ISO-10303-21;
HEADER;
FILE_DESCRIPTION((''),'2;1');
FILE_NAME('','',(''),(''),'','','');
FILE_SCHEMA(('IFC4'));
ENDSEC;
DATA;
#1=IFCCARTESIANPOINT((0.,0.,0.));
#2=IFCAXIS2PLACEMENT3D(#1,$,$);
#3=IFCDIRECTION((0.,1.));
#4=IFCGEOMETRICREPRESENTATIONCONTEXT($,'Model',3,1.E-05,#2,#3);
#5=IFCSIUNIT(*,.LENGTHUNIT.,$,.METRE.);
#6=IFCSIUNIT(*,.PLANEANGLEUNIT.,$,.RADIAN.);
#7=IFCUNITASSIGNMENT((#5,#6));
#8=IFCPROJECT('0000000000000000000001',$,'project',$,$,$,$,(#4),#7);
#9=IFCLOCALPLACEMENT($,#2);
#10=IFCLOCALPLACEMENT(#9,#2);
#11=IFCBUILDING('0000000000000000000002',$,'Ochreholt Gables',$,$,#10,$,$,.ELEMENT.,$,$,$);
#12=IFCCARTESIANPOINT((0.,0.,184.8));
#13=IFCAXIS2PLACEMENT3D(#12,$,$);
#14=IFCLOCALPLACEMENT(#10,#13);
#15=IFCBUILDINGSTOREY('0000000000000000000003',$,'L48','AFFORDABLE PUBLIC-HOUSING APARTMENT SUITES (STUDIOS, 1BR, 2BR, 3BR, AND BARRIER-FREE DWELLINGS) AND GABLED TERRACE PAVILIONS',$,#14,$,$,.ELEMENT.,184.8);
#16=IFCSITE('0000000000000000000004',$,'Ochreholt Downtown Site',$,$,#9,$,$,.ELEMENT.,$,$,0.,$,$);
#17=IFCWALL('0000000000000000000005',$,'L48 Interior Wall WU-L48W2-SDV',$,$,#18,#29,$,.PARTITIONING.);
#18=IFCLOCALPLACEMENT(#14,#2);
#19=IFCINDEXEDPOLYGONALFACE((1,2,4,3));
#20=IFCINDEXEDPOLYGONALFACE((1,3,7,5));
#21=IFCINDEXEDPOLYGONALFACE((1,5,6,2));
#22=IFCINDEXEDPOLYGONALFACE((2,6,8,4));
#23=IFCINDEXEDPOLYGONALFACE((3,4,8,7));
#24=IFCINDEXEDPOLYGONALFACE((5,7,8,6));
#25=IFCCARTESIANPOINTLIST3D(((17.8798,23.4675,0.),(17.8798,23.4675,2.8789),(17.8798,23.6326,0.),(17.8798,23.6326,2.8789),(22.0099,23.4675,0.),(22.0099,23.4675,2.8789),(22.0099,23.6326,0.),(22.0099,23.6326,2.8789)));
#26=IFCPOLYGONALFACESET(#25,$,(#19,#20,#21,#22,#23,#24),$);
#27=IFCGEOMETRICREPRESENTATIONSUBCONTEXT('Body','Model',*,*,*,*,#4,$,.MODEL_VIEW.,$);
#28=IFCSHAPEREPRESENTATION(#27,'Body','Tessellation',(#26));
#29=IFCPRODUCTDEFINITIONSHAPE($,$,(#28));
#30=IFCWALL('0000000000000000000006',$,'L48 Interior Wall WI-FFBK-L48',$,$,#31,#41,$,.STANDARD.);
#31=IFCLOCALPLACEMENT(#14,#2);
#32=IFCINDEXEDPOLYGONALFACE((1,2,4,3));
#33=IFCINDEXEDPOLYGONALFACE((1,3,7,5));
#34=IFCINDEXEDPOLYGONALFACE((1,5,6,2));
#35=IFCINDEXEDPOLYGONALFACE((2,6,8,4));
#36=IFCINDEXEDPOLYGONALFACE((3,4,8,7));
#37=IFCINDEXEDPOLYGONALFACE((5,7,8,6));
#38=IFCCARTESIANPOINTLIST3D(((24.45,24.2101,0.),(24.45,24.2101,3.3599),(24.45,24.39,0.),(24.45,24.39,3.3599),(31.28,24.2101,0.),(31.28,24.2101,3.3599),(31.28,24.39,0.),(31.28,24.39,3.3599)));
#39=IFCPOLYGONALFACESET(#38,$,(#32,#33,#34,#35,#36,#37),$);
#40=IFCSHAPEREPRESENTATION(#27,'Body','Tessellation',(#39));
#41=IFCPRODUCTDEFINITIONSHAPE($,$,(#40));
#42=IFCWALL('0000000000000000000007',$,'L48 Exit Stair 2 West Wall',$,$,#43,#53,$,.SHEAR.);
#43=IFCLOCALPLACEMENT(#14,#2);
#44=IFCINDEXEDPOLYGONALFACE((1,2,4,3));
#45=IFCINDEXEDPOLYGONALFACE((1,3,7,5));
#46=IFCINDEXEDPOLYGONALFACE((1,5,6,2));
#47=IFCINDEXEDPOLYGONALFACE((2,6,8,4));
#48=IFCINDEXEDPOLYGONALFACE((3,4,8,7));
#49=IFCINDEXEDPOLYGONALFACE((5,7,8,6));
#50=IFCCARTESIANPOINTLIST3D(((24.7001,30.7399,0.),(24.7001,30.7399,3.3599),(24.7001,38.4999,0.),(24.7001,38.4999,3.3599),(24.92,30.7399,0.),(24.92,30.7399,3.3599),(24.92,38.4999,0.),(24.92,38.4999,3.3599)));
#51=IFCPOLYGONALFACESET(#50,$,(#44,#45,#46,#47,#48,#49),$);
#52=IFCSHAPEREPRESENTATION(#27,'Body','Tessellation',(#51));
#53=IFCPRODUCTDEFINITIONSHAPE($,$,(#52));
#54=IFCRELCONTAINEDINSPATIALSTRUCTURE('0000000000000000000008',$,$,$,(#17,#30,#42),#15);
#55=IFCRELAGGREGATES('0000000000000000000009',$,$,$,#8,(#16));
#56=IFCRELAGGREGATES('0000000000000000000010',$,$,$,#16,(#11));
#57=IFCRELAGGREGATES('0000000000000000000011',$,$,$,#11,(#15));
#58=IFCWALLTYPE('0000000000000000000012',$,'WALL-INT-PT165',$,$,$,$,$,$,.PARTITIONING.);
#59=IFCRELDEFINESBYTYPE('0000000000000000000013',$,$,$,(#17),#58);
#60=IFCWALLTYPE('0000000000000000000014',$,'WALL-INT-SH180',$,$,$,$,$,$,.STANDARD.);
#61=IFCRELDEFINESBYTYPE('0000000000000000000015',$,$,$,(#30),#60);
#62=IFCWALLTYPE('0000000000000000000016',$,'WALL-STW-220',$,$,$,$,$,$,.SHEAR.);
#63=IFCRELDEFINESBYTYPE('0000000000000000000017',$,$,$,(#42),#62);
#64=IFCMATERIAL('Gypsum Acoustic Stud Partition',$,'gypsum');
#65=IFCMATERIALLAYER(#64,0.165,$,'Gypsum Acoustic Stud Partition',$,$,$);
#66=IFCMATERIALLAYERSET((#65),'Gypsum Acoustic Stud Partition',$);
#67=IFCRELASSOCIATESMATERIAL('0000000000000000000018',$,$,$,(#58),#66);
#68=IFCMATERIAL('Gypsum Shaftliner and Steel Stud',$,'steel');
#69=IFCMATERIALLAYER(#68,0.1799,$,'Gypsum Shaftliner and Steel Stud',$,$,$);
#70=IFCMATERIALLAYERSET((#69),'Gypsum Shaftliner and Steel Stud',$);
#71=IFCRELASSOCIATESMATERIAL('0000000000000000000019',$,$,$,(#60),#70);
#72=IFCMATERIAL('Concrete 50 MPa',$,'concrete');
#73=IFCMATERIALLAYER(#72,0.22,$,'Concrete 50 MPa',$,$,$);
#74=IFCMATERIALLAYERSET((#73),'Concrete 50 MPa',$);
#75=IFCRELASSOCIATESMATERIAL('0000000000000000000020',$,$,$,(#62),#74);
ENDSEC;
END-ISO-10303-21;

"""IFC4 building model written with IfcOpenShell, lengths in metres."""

from ifc_helpers import new_model, si_unit, direction, frame, frame_2d, origin, place, context, subcontext, project, spatial, rectangle, extrude, material, layer, layer_set, type_object, element, save


model = new_model("IFC4")

# Units and contexts
model_context = context("Model", 3, precision=1e-05, world=origin(), true_north=direction((0.0, 1.0)))
body_context = subcontext(model_context, "Body", "Model", "MODEL_VIEW")
ifc_project = project(units=[si_unit("LENGTHUNIT", "METRE"), si_unit("PLANEANGLEUNIT", "RADIAN")], contexts=[model_context])

# Site, building, storey
site_placement = place(None, origin())
site = spatial("IfcSite", under=ifc_project, at=site_placement, Name="Ochreholt Downtown Site", CompositionType="ELEMENT", RefElevation=0.0)
building_placement = place(site_placement, origin())
building = spatial("IfcBuilding", under=site, at=building_placement, Name="Ochreholt Gables", CompositionType="ELEMENT")
storey_placement = place(building_placement, frame((0.0, 0.0, 184.8)))
storey = spatial("IfcBuildingStorey", under=building, at=storey_placement, Name="L48", Description="AFFORDABLE PUBLIC-HOUSING APARTMENT SUITES (STUDIOS, 1BR, 2BR, 3BR, AND BARRIER-FREE DWELLINGS) AND GABLED TERRACE PAVILIONS", CompositionType="ELEMENT", Elevation=184.8)

# Shared definitions
ifc_material_1 = material(Name="Concrete 50 MPa", Category="concrete")

# Walls
ifc_material_2 = material(Name="Gypsum Acoustic Stud Partition", Category="gypsum")
ifc_layer_1 = layer(ifc_material_2, 0.165, Name="Gypsum Acoustic Stud Partition")
ifc_layer_set_1 = layer_set([ifc_layer_1], Name="Gypsum Acoustic Stud Partition")
wall_type_1 = type_object("IfcWallType", Name="WALL-INT-PT165", PredefinedType="PARTITIONING", material=ifc_layer_set_1)
wall_1_placement = place(storey_placement, frame((17.8799, 23.55, 0.0), z_axis=(0.0, 0.0, 1.0), x_axis=(1.0, 0.0, 0.0)))
element("IfcWall", 1, at=wall_1_placement, inside=storey, type_object=wall_type_1, Name="L48 Interior Wall WU-L48W2-SDV", PredefinedType="PARTITIONING", context=body_context, shape_type="SweptSolid", body=[
    extrude(rectangle(XDim=4.1301, YDim=0.165, at=frame_2d((2.0649, 0.0))), origin(), (0.0, 0.0, 1.0), 2.8789),
])
ifc_material_3 = material(Name="Gypsum Shaftliner and Steel Stud", Category="steel")
ifc_layer_2 = layer(ifc_material_3, 0.1799, Name="Gypsum Shaftliner and Steel Stud")
ifc_layer_set_2 = layer_set([ifc_layer_2], Name="Gypsum Shaftliner and Steel Stud")
wall_type_2 = type_object("IfcWallType", Name="WALL-INT-SH180", PredefinedType="STANDARD", material=ifc_layer_set_2)
wall_2_placement = place(storey_placement, frame((24.45, 24.3, 0.0), z_axis=(0.0, 0.0, 1.0), x_axis=(1.0, 0.0, 0.0)))
element("IfcWall", 2, at=wall_2_placement, inside=storey, type_object=wall_type_2, Name="L48 Interior Wall WI-FFBK-L48", PredefinedType="STANDARD", context=body_context, shape_type="SweptSolid", body=[
    extrude(rectangle(XDim=6.8301, YDim=0.1799, at=frame_2d((3.415, 0.0))), origin(), (0.0, 0.0, 1.0), 3.3599),
])
ifc_layer_3 = layer(ifc_material_1, 0.22, Name="Concrete 50 MPa")
ifc_layer_set_3 = layer_set([ifc_layer_3], Name="Concrete 50 MPa")
wall_type_3 = type_object("IfcWallType", Name="WALL-STW-220", PredefinedType="SHEAR", material=ifc_layer_set_3)
wall_3_placement = place(storey_placement, frame((24.8101, 30.74, 0.0), z_axis=(0.0, 0.0, 1.0), x_axis=(0.0, 1.0, 0.0)))
element("IfcWall", 3, at=wall_3_placement, inside=storey, type_object=wall_type_3, Name="L48 Exit Stair 2 West Wall", PredefinedType="SHEAR", context=body_context, shape_type="SweptSolid", body=[
    extrude(rectangle(XDim=7.76, YDim=0.22, at=frame_2d((3.8799, 0.0))), origin(), (0.0, 0.0, 1.0), 3.3599),
])

save(model, "model.ifc")
